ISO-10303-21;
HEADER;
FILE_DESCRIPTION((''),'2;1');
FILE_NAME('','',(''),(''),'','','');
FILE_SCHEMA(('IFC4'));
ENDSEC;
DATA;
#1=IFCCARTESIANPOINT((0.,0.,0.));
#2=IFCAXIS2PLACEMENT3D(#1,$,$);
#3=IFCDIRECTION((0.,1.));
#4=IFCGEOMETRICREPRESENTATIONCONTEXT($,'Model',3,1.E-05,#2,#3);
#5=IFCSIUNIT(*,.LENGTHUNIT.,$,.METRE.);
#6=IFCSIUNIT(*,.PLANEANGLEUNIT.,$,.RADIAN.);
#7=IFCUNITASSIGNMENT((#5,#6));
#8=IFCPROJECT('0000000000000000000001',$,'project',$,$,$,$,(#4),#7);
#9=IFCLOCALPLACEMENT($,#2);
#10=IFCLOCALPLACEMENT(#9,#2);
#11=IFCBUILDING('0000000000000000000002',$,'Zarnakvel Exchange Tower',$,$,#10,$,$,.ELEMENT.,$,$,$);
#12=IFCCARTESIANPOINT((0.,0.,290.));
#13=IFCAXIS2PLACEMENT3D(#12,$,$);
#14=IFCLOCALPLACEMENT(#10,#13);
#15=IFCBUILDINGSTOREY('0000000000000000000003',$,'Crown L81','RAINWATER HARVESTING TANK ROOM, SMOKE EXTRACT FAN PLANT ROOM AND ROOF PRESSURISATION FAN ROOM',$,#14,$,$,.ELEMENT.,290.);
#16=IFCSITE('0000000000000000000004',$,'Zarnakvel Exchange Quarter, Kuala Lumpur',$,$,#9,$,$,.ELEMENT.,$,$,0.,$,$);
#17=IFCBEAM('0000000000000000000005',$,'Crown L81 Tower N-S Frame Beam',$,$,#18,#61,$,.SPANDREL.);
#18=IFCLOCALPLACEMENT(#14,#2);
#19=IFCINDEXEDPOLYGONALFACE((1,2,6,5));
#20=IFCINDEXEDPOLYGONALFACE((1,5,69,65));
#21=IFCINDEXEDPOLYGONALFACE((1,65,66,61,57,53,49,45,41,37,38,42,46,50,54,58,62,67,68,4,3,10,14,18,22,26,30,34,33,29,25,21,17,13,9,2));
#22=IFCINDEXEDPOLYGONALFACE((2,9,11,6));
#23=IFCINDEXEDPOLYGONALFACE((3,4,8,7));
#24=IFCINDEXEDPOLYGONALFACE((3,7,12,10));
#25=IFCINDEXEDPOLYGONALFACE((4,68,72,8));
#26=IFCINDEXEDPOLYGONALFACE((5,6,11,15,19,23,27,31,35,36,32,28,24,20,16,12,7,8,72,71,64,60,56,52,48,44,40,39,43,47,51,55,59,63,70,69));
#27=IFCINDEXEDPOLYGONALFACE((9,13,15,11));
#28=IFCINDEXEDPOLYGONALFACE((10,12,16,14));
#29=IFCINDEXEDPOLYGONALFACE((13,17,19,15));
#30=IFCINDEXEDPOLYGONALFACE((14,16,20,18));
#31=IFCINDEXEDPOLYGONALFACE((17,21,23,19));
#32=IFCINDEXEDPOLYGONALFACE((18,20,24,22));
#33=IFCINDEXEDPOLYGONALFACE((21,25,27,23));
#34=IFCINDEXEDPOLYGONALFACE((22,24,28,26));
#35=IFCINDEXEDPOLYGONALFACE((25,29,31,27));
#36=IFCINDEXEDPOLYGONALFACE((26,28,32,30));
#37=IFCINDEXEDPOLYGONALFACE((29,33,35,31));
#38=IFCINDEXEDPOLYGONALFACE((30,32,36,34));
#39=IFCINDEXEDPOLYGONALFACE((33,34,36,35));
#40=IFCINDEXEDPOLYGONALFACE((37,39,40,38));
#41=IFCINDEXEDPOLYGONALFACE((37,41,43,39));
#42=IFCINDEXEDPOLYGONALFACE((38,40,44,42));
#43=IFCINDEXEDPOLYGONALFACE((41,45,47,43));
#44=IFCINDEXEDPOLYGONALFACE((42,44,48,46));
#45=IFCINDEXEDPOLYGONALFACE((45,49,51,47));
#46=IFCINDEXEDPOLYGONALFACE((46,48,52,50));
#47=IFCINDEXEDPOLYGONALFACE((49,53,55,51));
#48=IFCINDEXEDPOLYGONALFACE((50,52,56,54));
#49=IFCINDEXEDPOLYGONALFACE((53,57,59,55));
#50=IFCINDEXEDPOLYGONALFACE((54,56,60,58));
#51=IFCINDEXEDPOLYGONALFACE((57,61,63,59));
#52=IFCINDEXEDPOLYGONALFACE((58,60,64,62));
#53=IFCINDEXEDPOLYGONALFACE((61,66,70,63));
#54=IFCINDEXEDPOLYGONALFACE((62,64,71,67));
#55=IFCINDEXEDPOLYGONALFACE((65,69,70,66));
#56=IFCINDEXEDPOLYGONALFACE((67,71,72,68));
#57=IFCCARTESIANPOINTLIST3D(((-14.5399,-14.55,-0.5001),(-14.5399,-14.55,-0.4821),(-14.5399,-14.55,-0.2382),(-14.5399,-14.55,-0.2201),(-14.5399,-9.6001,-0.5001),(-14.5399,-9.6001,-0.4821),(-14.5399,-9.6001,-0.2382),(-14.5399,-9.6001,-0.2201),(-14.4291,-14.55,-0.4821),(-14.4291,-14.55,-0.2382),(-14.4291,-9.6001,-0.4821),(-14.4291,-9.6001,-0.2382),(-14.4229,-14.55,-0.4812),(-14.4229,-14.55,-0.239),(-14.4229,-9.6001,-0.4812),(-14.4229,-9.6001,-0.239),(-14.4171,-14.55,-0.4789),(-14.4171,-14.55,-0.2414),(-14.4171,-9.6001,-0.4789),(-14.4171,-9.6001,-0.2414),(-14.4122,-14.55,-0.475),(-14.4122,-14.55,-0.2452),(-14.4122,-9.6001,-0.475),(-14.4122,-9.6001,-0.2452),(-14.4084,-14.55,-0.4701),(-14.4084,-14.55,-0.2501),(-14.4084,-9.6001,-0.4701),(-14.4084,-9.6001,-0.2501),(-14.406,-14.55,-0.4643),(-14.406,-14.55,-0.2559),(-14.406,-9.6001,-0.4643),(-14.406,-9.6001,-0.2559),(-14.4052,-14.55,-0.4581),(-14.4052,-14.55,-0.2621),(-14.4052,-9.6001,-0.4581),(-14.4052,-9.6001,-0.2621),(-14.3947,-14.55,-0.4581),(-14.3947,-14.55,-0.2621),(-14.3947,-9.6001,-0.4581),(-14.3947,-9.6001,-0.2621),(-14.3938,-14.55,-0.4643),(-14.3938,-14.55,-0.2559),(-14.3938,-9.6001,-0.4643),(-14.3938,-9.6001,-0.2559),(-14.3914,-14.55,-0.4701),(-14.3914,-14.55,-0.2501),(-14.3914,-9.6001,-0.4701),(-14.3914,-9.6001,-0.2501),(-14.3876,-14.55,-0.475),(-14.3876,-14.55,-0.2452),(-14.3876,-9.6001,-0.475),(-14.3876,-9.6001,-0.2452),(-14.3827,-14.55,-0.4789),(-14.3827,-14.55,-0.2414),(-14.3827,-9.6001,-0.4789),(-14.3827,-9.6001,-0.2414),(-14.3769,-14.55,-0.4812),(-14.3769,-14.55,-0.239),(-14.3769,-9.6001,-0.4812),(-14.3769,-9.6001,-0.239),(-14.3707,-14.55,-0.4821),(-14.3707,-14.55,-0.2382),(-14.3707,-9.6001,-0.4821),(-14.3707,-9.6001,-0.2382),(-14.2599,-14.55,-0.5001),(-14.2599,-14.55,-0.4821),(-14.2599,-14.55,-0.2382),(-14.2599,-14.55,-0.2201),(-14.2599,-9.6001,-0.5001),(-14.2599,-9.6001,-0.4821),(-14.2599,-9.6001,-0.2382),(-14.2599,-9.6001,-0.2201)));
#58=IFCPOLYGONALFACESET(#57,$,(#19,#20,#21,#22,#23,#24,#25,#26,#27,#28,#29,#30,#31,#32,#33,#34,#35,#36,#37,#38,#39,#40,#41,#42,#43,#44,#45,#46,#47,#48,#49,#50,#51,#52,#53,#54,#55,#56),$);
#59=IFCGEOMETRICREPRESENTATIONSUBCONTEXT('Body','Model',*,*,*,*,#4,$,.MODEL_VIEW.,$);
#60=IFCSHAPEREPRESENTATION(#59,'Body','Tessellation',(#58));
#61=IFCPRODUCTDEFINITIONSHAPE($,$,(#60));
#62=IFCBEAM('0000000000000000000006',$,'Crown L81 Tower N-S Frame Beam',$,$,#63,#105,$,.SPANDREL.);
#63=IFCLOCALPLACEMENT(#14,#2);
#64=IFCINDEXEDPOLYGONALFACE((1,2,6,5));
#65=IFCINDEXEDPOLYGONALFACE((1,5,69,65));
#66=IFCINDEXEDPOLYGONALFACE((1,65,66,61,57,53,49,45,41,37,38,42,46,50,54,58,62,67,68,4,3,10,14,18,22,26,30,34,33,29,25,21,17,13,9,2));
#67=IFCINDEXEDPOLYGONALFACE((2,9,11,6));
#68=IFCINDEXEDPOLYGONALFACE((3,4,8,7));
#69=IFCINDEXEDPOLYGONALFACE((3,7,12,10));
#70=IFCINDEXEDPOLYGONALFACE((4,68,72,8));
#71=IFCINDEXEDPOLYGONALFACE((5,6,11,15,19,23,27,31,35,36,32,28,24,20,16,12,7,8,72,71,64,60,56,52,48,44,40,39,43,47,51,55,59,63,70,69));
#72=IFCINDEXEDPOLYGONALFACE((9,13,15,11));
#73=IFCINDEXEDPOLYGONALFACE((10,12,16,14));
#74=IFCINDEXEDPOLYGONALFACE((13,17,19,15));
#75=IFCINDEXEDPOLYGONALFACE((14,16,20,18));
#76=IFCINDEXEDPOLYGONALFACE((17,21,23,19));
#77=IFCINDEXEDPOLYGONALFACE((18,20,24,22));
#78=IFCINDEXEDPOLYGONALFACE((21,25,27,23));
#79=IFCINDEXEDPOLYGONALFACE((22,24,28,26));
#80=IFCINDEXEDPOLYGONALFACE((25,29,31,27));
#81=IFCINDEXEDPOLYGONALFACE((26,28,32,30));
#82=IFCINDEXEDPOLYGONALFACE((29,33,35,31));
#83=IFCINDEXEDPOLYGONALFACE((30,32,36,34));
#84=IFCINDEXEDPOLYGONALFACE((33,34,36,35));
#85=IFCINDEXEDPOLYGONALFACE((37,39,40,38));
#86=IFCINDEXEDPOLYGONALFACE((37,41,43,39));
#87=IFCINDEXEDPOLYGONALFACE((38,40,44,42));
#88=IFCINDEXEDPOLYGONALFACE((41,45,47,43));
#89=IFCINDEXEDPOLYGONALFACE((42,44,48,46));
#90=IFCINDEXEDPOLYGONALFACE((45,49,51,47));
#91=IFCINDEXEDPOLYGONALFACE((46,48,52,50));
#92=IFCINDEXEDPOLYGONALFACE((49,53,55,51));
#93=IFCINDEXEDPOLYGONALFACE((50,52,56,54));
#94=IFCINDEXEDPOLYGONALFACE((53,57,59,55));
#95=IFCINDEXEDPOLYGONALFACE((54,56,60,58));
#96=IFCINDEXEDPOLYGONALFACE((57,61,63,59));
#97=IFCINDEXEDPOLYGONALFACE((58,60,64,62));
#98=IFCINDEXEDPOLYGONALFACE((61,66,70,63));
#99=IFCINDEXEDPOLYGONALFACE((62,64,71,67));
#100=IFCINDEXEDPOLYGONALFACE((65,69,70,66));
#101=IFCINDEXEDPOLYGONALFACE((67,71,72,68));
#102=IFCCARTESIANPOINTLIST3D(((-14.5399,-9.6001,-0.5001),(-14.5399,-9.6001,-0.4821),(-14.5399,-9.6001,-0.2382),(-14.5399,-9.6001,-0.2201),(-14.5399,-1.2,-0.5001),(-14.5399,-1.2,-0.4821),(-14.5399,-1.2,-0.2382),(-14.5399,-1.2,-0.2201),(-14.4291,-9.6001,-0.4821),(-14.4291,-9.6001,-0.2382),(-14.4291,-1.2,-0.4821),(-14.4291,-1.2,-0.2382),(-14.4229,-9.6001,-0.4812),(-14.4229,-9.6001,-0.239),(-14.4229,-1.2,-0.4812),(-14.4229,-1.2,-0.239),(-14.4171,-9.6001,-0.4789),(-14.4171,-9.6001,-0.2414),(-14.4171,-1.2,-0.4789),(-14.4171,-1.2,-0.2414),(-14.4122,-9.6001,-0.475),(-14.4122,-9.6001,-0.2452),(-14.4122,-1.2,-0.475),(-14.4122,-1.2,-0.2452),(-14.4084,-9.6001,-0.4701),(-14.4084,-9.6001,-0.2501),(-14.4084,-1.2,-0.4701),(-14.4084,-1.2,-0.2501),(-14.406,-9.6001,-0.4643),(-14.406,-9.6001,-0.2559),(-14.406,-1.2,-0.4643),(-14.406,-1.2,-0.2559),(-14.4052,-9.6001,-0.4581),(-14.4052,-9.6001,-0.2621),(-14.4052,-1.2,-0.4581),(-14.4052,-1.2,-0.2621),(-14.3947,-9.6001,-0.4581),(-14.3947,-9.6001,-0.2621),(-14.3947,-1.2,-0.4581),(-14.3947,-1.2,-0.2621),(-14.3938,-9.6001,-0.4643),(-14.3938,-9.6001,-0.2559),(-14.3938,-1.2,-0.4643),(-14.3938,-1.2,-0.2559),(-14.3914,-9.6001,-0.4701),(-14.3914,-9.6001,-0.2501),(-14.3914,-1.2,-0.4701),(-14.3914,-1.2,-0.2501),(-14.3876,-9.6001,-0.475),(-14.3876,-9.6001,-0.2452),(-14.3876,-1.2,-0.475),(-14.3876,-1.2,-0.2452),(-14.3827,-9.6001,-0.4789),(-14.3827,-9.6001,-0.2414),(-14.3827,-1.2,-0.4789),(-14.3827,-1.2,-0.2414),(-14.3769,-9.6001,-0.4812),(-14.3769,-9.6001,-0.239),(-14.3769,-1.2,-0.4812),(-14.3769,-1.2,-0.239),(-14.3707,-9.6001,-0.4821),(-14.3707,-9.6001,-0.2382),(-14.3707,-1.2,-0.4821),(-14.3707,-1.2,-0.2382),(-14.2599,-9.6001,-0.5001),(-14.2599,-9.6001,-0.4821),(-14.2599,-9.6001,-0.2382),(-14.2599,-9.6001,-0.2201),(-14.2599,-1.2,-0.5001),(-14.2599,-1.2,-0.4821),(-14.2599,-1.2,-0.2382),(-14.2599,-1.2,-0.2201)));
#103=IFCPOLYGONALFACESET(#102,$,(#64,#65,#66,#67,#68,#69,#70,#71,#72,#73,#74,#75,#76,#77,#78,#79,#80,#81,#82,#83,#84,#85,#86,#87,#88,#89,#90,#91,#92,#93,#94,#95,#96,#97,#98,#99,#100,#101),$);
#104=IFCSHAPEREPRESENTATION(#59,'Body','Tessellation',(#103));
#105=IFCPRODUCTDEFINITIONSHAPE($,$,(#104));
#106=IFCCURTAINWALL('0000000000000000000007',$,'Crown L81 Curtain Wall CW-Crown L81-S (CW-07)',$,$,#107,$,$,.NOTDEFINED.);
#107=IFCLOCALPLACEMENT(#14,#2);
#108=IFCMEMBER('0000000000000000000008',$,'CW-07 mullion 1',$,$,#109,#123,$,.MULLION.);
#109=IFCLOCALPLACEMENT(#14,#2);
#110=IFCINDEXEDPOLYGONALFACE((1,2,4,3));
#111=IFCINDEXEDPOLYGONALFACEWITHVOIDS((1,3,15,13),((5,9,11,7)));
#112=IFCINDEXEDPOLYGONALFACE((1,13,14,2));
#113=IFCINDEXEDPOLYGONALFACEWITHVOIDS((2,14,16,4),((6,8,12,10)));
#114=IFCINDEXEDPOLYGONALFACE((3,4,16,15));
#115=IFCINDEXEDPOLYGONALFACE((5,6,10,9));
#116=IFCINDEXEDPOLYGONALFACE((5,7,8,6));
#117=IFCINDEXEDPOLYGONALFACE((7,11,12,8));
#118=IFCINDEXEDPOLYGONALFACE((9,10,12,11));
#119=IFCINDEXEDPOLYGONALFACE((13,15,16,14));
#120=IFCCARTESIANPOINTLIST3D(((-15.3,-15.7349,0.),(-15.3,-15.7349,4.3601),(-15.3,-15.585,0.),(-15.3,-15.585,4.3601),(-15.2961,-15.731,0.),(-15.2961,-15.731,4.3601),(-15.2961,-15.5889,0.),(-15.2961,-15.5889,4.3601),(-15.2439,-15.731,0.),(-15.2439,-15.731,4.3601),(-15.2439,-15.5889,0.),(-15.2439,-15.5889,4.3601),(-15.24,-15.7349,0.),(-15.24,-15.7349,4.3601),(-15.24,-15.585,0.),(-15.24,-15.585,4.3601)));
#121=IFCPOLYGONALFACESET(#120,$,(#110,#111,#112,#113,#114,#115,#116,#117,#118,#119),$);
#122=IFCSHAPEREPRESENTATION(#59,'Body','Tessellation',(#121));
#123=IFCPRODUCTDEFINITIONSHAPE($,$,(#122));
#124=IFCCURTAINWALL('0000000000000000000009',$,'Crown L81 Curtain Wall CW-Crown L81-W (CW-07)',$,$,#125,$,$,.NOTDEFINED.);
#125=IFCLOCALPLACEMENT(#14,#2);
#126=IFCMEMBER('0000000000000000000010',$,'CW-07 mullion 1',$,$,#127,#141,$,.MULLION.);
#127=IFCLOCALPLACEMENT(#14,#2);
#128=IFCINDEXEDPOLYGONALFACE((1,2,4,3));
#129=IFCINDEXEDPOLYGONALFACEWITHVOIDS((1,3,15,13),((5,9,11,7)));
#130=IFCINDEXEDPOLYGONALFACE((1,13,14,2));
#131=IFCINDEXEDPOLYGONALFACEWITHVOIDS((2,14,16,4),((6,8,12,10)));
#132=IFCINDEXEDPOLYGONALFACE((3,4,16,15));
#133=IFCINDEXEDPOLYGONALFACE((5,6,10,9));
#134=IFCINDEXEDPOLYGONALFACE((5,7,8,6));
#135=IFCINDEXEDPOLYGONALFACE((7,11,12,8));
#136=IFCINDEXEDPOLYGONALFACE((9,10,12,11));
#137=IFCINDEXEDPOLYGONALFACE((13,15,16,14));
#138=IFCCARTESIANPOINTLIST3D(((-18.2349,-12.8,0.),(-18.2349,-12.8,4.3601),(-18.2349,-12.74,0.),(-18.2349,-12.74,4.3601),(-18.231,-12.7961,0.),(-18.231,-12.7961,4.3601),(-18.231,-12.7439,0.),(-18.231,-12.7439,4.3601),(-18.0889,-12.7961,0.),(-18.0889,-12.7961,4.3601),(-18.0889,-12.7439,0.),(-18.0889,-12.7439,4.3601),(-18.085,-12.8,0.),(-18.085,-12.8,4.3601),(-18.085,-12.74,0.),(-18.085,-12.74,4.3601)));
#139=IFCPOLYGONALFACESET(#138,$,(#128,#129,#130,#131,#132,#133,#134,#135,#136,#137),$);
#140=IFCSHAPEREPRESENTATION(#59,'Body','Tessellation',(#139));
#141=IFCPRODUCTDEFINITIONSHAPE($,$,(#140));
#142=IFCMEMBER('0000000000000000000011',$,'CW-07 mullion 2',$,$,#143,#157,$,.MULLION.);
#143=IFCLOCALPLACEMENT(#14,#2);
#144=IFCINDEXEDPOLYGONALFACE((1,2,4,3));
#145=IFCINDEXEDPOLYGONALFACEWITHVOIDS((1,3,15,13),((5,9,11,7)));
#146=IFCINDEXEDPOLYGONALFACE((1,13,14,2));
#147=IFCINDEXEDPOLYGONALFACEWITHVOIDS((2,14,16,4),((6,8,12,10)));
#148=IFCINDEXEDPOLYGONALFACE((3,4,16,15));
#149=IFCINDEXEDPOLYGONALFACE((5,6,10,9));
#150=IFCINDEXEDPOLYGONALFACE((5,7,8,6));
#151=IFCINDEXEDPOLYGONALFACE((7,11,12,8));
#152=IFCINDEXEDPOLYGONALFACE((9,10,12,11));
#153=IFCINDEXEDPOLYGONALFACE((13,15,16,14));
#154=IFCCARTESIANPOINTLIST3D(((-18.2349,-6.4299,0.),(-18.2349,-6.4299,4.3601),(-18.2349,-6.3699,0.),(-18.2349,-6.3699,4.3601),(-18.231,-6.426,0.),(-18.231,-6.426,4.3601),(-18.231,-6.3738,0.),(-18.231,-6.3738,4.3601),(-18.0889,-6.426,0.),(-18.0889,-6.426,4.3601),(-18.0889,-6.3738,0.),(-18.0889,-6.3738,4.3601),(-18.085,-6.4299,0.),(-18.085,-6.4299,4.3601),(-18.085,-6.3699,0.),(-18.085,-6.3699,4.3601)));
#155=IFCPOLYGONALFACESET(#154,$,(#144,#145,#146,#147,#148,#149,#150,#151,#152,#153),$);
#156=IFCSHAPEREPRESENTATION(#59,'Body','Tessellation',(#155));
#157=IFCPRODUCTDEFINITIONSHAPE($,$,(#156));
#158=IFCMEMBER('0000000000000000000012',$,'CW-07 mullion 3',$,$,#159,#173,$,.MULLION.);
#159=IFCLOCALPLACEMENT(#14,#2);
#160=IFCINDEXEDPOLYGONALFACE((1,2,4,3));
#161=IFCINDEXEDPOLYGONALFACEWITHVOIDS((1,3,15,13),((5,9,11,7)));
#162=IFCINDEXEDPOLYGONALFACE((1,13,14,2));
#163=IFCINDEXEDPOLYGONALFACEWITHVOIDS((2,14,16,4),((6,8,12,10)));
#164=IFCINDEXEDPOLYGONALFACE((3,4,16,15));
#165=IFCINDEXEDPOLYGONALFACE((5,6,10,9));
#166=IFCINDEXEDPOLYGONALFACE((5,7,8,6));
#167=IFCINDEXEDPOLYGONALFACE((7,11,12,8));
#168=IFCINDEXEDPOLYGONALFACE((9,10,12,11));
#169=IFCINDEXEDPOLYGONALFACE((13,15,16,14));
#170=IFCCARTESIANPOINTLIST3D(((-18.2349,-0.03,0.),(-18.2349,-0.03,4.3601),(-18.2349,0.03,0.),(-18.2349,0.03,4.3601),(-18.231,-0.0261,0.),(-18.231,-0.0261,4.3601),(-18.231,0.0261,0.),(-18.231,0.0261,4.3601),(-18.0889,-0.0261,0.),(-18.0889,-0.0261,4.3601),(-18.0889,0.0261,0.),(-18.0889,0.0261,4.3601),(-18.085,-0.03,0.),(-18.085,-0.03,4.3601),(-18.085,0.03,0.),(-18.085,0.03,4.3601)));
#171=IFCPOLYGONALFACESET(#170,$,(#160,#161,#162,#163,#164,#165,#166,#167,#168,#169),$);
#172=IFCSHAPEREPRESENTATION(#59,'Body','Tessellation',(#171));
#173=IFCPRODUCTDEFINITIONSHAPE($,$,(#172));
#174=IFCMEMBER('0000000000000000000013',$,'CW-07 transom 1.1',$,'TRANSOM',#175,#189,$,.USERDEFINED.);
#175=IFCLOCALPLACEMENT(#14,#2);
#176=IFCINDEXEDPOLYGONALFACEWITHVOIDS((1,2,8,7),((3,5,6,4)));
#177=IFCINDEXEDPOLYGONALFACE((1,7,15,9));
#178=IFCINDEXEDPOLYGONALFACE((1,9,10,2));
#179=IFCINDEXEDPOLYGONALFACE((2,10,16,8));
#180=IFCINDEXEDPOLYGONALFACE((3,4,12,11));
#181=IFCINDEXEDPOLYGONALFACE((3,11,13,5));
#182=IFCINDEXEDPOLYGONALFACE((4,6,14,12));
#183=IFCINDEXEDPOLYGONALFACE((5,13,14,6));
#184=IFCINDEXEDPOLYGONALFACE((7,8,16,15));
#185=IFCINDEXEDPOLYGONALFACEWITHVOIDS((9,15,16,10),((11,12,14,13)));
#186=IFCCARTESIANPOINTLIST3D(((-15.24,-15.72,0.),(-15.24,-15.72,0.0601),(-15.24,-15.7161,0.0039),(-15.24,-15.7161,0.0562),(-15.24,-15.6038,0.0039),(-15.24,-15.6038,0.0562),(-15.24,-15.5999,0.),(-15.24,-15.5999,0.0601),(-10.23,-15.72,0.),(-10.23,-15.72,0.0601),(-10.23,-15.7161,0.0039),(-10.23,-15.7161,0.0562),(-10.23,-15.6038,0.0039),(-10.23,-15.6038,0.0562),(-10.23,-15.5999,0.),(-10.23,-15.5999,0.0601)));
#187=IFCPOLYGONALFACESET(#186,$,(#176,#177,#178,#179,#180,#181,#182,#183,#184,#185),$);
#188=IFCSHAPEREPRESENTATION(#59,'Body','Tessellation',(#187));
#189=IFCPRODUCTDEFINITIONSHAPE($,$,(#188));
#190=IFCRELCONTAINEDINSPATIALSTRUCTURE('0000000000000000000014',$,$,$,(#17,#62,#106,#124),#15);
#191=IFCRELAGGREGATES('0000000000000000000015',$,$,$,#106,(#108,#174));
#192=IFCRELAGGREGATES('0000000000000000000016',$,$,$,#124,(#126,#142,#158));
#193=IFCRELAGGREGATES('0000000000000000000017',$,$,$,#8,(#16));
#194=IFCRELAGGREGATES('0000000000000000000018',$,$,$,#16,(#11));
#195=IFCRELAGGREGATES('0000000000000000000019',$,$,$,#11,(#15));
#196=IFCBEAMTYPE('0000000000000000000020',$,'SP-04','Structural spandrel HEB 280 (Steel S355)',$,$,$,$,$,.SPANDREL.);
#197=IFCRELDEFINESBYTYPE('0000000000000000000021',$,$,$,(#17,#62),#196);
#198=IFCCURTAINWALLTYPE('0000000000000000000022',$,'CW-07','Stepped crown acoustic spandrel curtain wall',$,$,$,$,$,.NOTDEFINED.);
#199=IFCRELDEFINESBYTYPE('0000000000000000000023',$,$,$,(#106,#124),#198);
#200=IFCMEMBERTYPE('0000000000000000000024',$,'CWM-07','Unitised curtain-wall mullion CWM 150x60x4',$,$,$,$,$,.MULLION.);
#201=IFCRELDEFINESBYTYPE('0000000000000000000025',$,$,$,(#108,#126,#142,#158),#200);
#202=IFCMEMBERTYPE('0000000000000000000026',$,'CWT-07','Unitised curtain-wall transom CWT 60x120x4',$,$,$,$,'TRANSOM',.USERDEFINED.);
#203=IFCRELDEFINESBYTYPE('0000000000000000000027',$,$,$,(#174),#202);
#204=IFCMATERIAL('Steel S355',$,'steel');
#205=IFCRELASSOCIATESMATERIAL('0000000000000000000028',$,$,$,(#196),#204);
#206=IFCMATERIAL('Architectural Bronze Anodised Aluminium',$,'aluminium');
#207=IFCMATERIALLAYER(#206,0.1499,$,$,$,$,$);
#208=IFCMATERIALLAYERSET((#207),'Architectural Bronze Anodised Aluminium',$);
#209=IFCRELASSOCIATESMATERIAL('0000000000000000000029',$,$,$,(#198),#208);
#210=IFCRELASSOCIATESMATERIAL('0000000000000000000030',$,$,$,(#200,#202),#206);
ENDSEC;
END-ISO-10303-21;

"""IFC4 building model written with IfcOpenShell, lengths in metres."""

from ifc_helpers import new_model, si_unit, direction, frame, origin, origin_2d, place, context, subcontext, project, spatial, hollow_rectangle, i_section, extrude, source, transform, mapped, material, layer, layer_set, material_profile, profile_set, type_object, element, aggregate, save


model = new_model("IFC4")

# Units and contexts
model_context = context("Model", 3, precision=1e-05, world=origin(), true_north=direction((0.0, 1.0)))
body_context = subcontext(model_context, "Body", "Model", "MODEL_VIEW")
ifc_project = project(units=[si_unit("LENGTHUNIT", "METRE"), si_unit("PLANEANGLEUNIT", "RADIAN")], contexts=[model_context])

# Site, building, storey
site_placement = place(None, origin())
site = spatial("IfcSite", under=ifc_project, at=site_placement, Name="Zarnakvel Exchange Quarter, Kuala Lumpur", CompositionType="ELEMENT", RefElevation=0.0)
building_placement = place(site_placement, origin())
building = spatial("IfcBuilding", under=site, at=building_placement, Name="Zarnakvel Exchange Tower", CompositionType="ELEMENT")
storey_placement = place(building_placement, frame((0.0, 0.0, 290.0)))
storey = spatial("IfcBuildingStorey", under=building, at=storey_placement, Name="Crown L81", Description="RAINWATER HARVESTING TANK ROOM, SMOKE EXTRACT FAN PLANT ROOM AND ROOF PRESSURISATION FAN ROOM", CompositionType="ELEMENT", Elevation=290.0)

# Shared definitions
ifc_material_1 = material(Name="Steel S355", Category="steel")

# Beams
ifc_material_profile_1 = material_profile(ifc_material_1, i_section(OverallWidth=0.28, OverallDepth=0.28, WebThickness=0.0105, FlangeThickness=0.0181, FilletRadius=0.0239, at=origin_2d()))
ifc_profile_set_1 = profile_set([ifc_material_profile_1], Name="Steel S355")
beam_type_1 = type_object("IfcBeamType", Name="SP-04", Description="Structural spandrel HEB 280 (Steel S355)", PredefinedType="SPANDREL", material=ifc_profile_set_1)
beam_1_placement = place(storey_placement, frame((-14.3999, -14.55, -0.3601), z_axis=(0.0, 1.0, 0.0), x_axis=(-1.0, 0.0, 0.0)))
element("IfcBeam", 1, at=beam_1_placement, inside=storey, type_object=beam_type_1, Name="Crown L81 Tower N-S Frame Beam", PredefinedType="SPANDREL", context=body_context, shape_type="SweptSolid", body=[
    extrude(i_section(OverallWidth=0.28, OverallDepth=0.28, WebThickness=0.0105, FlangeThickness=0.0181, FilletRadius=0.0239, at=origin_2d()), origin(), (0.0, 0.0, 1.0), 4.95),
])
beam_2_placement = place(storey_placement, frame((-14.3999, -9.6001, -0.3601), z_axis=(0.0, 1.0, 0.0), x_axis=(-1.0, 0.0, 0.0)))
element("IfcBeam", 2, at=beam_2_placement, inside=storey, type_object=beam_type_1, Name="Crown L81 Tower N-S Frame Beam", PredefinedType="SPANDREL", context=body_context, shape_type="SweptSolid", body=[
    extrude(i_section(OverallWidth=0.28, OverallDepth=0.28, WebThickness=0.0105, FlangeThickness=0.0181, FilletRadius=0.0239, at=origin_2d()), origin(), (0.0, 0.0, 1.0), 8.4001),
])

# Curtain wall, member
ifc_material_2 = material(Name="Architectural Bronze Anodised Aluminium", Category="aluminium")
ifc_layer_1 = layer(ifc_material_2, 0.1499)
ifc_layer_set_1 = layer_set([ifc_layer_1], Name="Architectural Bronze Anodised Aluminium")
curtain_wall_type = type_object("IfcCurtainWallType", Name="CW-07", Description="Stepped crown acoustic spandrel curtain wall", PredefinedType="NOTDEFINED", material=ifc_layer_set_1)
curtain_wall_1_placement = place(storey_placement, origin())
curtain_wall_1 = element("IfcCurtainWall", 3, at=curtain_wall_1_placement, inside=storey, type_object=curtain_wall_type, Name="Crown L81 Curtain Wall CW-Crown L81-S (CW-07)", PredefinedType="NOTDEFINED")
ifc_material_profile_2 = material_profile(ifc_material_2, hollow_rectangle(XDim=0.1499, YDim=0.0601, WallThickness=0.0039, at=origin_2d()))
ifc_profile_set_2 = profile_set([ifc_material_profile_2], Name="Architectural Bronze Anodised Aluminium")
member_type_1 = type_object("IfcMemberType", Name="CWM-07", Description="Unitised curtain-wall mullion CWM 150x60x4", PredefinedType="MULLION", material=ifc_profile_set_2)
shared_shape_1 = source(origin(), body_context, "Body", "SweptSolid", [
    extrude(hollow_rectangle(XDim=0.1499, YDim=0.0601, WallThickness=0.0039, at=origin_2d()), origin(), (0.0, 0.0, 1.0), 4.3601),
])
member_1_placement = place(storey_placement, frame((-15.27, -15.6599, 0.0), z_axis=(0.0, 0.0, 1.0), x_axis=(0.0, 1.0, 0.0)))
member_1 = element("IfcMember", 4, at=member_1_placement, type_object=member_type_1, Name="CW-07 mullion 1", PredefinedType="MULLION", context=body_context, shape_type="MappedRepresentation", body=[
    mapped(shared_shape_1, transform((0.0, 0.0, 0.0), x_axis=(1.0, 0.0, 0.0), y_axis=(0.0, 1.0, 0.0), z_axis=(0.0, 0.0, 1.0), scale=1.0)),
])

# Curtain wall, members
curtain_wall_2_placement = place(storey_placement, origin())
curtain_wall_2 = element("IfcCurtainWall", 5, at=curtain_wall_2_placement, inside=storey, type_object=curtain_wall_type, Name="Crown L81 Curtain Wall CW-Crown L81-W (CW-07)", PredefinedType="NOTDEFINED")
member_2_placement = place(storey_placement, frame((-18.1599, -12.77, 0.0), z_axis=(0.0, 0.0, 1.0), x_axis=(-1.0, 0.0, 0.0)))
member_2 = element("IfcMember", 6, at=member_2_placement, type_object=member_type_1, Name="CW-07 mullion 1", PredefinedType="MULLION", context=body_context, shape_type="MappedRepresentation", body=[
    mapped(shared_shape_1, transform((0.0, 0.0, 0.0), x_axis=(1.0, 0.0, 0.0), y_axis=(0.0, 1.0, 0.0), z_axis=(0.0, 0.0, 1.0), scale=1.0)),
])
member_3_placement = place(storey_placement, frame((-18.1599, -6.3999, 0.0), z_axis=(0.0, 0.0, 1.0), x_axis=(-1.0, 0.0, 0.0)))
member_3 = element("IfcMember", 7, at=member_3_placement, type_object=member_type_1, Name="CW-07 mullion 2", PredefinedType="MULLION", context=body_context, shape_type="MappedRepresentation", body=[
    mapped(shared_shape_1, transform((0.0, 0.0, 0.0), x_axis=(1.0, 0.0, 0.0), y_axis=(0.0, 1.0, 0.0), z_axis=(0.0, 0.0, 1.0), scale=1.0)),
])
member_4_placement = place(storey_placement, frame((-18.1599, 0.0, 0.0), z_axis=(0.0, 0.0, 1.0), x_axis=(-1.0, 0.0, 0.0)))
member_4 = element("IfcMember", 8, at=member_4_placement, type_object=member_type_1, Name="CW-07 mullion 3", PredefinedType="MULLION", context=body_context, shape_type="MappedRepresentation", body=[
    mapped(shared_shape_1, transform((0.0, 0.0, 0.0), x_axis=(1.0, 0.0, 0.0), y_axis=(0.0, 1.0, 0.0), z_axis=(0.0, 0.0, 1.0), scale=1.0)),
])

# Member
ifc_material_profile_3 = material_profile(ifc_material_2, hollow_rectangle(XDim=0.1201, YDim=0.0601, WallThickness=0.0039, at=origin_2d()))
ifc_profile_set_3 = profile_set([ifc_material_profile_3], Name="Architectural Bronze Anodised Aluminium")
member_type_2 = type_object("IfcMemberType", Name="CWT-07", Description="Unitised curtain-wall transom CWT 60x120x4", ElementType="TRANSOM", PredefinedType="USERDEFINED", material=ifc_profile_set_3)
shared_shape_2 = source(origin(), body_context, "Body", "SweptSolid", [
    extrude(hollow_rectangle(XDim=0.1201, YDim=0.0601, WallThickness=0.0039, at=origin_2d()), origin(), (0.0, 0.0, 1.0), 5.01),
])
member_5_placement = place(storey_placement, frame((-15.24, -15.6599, 0.03), z_axis=(1.0, 0.0, 0.0), x_axis=(0.0, 1.0, 0.0)))
member_5 = element("IfcMember", 9, at=member_5_placement, type_object=member_type_2, Name="CW-07 transom 1.1", ObjectType="TRANSOM", PredefinedType="USERDEFINED", context=body_context, shape_type="MappedRepresentation", body=[
    mapped(shared_shape_2, transform((0.0, 0.0, 0.0), x_axis=(1.0, 0.0, 0.0), y_axis=(0.0, 1.0, 0.0), z_axis=(0.0, 0.0, 1.0), scale=1.0)),
])
aggregate(curtain_wall_1, [member_1, member_5])

aggregate(curtain_wall_2, [member_2, member_3, member_4])

save(model, "model.ifc")
